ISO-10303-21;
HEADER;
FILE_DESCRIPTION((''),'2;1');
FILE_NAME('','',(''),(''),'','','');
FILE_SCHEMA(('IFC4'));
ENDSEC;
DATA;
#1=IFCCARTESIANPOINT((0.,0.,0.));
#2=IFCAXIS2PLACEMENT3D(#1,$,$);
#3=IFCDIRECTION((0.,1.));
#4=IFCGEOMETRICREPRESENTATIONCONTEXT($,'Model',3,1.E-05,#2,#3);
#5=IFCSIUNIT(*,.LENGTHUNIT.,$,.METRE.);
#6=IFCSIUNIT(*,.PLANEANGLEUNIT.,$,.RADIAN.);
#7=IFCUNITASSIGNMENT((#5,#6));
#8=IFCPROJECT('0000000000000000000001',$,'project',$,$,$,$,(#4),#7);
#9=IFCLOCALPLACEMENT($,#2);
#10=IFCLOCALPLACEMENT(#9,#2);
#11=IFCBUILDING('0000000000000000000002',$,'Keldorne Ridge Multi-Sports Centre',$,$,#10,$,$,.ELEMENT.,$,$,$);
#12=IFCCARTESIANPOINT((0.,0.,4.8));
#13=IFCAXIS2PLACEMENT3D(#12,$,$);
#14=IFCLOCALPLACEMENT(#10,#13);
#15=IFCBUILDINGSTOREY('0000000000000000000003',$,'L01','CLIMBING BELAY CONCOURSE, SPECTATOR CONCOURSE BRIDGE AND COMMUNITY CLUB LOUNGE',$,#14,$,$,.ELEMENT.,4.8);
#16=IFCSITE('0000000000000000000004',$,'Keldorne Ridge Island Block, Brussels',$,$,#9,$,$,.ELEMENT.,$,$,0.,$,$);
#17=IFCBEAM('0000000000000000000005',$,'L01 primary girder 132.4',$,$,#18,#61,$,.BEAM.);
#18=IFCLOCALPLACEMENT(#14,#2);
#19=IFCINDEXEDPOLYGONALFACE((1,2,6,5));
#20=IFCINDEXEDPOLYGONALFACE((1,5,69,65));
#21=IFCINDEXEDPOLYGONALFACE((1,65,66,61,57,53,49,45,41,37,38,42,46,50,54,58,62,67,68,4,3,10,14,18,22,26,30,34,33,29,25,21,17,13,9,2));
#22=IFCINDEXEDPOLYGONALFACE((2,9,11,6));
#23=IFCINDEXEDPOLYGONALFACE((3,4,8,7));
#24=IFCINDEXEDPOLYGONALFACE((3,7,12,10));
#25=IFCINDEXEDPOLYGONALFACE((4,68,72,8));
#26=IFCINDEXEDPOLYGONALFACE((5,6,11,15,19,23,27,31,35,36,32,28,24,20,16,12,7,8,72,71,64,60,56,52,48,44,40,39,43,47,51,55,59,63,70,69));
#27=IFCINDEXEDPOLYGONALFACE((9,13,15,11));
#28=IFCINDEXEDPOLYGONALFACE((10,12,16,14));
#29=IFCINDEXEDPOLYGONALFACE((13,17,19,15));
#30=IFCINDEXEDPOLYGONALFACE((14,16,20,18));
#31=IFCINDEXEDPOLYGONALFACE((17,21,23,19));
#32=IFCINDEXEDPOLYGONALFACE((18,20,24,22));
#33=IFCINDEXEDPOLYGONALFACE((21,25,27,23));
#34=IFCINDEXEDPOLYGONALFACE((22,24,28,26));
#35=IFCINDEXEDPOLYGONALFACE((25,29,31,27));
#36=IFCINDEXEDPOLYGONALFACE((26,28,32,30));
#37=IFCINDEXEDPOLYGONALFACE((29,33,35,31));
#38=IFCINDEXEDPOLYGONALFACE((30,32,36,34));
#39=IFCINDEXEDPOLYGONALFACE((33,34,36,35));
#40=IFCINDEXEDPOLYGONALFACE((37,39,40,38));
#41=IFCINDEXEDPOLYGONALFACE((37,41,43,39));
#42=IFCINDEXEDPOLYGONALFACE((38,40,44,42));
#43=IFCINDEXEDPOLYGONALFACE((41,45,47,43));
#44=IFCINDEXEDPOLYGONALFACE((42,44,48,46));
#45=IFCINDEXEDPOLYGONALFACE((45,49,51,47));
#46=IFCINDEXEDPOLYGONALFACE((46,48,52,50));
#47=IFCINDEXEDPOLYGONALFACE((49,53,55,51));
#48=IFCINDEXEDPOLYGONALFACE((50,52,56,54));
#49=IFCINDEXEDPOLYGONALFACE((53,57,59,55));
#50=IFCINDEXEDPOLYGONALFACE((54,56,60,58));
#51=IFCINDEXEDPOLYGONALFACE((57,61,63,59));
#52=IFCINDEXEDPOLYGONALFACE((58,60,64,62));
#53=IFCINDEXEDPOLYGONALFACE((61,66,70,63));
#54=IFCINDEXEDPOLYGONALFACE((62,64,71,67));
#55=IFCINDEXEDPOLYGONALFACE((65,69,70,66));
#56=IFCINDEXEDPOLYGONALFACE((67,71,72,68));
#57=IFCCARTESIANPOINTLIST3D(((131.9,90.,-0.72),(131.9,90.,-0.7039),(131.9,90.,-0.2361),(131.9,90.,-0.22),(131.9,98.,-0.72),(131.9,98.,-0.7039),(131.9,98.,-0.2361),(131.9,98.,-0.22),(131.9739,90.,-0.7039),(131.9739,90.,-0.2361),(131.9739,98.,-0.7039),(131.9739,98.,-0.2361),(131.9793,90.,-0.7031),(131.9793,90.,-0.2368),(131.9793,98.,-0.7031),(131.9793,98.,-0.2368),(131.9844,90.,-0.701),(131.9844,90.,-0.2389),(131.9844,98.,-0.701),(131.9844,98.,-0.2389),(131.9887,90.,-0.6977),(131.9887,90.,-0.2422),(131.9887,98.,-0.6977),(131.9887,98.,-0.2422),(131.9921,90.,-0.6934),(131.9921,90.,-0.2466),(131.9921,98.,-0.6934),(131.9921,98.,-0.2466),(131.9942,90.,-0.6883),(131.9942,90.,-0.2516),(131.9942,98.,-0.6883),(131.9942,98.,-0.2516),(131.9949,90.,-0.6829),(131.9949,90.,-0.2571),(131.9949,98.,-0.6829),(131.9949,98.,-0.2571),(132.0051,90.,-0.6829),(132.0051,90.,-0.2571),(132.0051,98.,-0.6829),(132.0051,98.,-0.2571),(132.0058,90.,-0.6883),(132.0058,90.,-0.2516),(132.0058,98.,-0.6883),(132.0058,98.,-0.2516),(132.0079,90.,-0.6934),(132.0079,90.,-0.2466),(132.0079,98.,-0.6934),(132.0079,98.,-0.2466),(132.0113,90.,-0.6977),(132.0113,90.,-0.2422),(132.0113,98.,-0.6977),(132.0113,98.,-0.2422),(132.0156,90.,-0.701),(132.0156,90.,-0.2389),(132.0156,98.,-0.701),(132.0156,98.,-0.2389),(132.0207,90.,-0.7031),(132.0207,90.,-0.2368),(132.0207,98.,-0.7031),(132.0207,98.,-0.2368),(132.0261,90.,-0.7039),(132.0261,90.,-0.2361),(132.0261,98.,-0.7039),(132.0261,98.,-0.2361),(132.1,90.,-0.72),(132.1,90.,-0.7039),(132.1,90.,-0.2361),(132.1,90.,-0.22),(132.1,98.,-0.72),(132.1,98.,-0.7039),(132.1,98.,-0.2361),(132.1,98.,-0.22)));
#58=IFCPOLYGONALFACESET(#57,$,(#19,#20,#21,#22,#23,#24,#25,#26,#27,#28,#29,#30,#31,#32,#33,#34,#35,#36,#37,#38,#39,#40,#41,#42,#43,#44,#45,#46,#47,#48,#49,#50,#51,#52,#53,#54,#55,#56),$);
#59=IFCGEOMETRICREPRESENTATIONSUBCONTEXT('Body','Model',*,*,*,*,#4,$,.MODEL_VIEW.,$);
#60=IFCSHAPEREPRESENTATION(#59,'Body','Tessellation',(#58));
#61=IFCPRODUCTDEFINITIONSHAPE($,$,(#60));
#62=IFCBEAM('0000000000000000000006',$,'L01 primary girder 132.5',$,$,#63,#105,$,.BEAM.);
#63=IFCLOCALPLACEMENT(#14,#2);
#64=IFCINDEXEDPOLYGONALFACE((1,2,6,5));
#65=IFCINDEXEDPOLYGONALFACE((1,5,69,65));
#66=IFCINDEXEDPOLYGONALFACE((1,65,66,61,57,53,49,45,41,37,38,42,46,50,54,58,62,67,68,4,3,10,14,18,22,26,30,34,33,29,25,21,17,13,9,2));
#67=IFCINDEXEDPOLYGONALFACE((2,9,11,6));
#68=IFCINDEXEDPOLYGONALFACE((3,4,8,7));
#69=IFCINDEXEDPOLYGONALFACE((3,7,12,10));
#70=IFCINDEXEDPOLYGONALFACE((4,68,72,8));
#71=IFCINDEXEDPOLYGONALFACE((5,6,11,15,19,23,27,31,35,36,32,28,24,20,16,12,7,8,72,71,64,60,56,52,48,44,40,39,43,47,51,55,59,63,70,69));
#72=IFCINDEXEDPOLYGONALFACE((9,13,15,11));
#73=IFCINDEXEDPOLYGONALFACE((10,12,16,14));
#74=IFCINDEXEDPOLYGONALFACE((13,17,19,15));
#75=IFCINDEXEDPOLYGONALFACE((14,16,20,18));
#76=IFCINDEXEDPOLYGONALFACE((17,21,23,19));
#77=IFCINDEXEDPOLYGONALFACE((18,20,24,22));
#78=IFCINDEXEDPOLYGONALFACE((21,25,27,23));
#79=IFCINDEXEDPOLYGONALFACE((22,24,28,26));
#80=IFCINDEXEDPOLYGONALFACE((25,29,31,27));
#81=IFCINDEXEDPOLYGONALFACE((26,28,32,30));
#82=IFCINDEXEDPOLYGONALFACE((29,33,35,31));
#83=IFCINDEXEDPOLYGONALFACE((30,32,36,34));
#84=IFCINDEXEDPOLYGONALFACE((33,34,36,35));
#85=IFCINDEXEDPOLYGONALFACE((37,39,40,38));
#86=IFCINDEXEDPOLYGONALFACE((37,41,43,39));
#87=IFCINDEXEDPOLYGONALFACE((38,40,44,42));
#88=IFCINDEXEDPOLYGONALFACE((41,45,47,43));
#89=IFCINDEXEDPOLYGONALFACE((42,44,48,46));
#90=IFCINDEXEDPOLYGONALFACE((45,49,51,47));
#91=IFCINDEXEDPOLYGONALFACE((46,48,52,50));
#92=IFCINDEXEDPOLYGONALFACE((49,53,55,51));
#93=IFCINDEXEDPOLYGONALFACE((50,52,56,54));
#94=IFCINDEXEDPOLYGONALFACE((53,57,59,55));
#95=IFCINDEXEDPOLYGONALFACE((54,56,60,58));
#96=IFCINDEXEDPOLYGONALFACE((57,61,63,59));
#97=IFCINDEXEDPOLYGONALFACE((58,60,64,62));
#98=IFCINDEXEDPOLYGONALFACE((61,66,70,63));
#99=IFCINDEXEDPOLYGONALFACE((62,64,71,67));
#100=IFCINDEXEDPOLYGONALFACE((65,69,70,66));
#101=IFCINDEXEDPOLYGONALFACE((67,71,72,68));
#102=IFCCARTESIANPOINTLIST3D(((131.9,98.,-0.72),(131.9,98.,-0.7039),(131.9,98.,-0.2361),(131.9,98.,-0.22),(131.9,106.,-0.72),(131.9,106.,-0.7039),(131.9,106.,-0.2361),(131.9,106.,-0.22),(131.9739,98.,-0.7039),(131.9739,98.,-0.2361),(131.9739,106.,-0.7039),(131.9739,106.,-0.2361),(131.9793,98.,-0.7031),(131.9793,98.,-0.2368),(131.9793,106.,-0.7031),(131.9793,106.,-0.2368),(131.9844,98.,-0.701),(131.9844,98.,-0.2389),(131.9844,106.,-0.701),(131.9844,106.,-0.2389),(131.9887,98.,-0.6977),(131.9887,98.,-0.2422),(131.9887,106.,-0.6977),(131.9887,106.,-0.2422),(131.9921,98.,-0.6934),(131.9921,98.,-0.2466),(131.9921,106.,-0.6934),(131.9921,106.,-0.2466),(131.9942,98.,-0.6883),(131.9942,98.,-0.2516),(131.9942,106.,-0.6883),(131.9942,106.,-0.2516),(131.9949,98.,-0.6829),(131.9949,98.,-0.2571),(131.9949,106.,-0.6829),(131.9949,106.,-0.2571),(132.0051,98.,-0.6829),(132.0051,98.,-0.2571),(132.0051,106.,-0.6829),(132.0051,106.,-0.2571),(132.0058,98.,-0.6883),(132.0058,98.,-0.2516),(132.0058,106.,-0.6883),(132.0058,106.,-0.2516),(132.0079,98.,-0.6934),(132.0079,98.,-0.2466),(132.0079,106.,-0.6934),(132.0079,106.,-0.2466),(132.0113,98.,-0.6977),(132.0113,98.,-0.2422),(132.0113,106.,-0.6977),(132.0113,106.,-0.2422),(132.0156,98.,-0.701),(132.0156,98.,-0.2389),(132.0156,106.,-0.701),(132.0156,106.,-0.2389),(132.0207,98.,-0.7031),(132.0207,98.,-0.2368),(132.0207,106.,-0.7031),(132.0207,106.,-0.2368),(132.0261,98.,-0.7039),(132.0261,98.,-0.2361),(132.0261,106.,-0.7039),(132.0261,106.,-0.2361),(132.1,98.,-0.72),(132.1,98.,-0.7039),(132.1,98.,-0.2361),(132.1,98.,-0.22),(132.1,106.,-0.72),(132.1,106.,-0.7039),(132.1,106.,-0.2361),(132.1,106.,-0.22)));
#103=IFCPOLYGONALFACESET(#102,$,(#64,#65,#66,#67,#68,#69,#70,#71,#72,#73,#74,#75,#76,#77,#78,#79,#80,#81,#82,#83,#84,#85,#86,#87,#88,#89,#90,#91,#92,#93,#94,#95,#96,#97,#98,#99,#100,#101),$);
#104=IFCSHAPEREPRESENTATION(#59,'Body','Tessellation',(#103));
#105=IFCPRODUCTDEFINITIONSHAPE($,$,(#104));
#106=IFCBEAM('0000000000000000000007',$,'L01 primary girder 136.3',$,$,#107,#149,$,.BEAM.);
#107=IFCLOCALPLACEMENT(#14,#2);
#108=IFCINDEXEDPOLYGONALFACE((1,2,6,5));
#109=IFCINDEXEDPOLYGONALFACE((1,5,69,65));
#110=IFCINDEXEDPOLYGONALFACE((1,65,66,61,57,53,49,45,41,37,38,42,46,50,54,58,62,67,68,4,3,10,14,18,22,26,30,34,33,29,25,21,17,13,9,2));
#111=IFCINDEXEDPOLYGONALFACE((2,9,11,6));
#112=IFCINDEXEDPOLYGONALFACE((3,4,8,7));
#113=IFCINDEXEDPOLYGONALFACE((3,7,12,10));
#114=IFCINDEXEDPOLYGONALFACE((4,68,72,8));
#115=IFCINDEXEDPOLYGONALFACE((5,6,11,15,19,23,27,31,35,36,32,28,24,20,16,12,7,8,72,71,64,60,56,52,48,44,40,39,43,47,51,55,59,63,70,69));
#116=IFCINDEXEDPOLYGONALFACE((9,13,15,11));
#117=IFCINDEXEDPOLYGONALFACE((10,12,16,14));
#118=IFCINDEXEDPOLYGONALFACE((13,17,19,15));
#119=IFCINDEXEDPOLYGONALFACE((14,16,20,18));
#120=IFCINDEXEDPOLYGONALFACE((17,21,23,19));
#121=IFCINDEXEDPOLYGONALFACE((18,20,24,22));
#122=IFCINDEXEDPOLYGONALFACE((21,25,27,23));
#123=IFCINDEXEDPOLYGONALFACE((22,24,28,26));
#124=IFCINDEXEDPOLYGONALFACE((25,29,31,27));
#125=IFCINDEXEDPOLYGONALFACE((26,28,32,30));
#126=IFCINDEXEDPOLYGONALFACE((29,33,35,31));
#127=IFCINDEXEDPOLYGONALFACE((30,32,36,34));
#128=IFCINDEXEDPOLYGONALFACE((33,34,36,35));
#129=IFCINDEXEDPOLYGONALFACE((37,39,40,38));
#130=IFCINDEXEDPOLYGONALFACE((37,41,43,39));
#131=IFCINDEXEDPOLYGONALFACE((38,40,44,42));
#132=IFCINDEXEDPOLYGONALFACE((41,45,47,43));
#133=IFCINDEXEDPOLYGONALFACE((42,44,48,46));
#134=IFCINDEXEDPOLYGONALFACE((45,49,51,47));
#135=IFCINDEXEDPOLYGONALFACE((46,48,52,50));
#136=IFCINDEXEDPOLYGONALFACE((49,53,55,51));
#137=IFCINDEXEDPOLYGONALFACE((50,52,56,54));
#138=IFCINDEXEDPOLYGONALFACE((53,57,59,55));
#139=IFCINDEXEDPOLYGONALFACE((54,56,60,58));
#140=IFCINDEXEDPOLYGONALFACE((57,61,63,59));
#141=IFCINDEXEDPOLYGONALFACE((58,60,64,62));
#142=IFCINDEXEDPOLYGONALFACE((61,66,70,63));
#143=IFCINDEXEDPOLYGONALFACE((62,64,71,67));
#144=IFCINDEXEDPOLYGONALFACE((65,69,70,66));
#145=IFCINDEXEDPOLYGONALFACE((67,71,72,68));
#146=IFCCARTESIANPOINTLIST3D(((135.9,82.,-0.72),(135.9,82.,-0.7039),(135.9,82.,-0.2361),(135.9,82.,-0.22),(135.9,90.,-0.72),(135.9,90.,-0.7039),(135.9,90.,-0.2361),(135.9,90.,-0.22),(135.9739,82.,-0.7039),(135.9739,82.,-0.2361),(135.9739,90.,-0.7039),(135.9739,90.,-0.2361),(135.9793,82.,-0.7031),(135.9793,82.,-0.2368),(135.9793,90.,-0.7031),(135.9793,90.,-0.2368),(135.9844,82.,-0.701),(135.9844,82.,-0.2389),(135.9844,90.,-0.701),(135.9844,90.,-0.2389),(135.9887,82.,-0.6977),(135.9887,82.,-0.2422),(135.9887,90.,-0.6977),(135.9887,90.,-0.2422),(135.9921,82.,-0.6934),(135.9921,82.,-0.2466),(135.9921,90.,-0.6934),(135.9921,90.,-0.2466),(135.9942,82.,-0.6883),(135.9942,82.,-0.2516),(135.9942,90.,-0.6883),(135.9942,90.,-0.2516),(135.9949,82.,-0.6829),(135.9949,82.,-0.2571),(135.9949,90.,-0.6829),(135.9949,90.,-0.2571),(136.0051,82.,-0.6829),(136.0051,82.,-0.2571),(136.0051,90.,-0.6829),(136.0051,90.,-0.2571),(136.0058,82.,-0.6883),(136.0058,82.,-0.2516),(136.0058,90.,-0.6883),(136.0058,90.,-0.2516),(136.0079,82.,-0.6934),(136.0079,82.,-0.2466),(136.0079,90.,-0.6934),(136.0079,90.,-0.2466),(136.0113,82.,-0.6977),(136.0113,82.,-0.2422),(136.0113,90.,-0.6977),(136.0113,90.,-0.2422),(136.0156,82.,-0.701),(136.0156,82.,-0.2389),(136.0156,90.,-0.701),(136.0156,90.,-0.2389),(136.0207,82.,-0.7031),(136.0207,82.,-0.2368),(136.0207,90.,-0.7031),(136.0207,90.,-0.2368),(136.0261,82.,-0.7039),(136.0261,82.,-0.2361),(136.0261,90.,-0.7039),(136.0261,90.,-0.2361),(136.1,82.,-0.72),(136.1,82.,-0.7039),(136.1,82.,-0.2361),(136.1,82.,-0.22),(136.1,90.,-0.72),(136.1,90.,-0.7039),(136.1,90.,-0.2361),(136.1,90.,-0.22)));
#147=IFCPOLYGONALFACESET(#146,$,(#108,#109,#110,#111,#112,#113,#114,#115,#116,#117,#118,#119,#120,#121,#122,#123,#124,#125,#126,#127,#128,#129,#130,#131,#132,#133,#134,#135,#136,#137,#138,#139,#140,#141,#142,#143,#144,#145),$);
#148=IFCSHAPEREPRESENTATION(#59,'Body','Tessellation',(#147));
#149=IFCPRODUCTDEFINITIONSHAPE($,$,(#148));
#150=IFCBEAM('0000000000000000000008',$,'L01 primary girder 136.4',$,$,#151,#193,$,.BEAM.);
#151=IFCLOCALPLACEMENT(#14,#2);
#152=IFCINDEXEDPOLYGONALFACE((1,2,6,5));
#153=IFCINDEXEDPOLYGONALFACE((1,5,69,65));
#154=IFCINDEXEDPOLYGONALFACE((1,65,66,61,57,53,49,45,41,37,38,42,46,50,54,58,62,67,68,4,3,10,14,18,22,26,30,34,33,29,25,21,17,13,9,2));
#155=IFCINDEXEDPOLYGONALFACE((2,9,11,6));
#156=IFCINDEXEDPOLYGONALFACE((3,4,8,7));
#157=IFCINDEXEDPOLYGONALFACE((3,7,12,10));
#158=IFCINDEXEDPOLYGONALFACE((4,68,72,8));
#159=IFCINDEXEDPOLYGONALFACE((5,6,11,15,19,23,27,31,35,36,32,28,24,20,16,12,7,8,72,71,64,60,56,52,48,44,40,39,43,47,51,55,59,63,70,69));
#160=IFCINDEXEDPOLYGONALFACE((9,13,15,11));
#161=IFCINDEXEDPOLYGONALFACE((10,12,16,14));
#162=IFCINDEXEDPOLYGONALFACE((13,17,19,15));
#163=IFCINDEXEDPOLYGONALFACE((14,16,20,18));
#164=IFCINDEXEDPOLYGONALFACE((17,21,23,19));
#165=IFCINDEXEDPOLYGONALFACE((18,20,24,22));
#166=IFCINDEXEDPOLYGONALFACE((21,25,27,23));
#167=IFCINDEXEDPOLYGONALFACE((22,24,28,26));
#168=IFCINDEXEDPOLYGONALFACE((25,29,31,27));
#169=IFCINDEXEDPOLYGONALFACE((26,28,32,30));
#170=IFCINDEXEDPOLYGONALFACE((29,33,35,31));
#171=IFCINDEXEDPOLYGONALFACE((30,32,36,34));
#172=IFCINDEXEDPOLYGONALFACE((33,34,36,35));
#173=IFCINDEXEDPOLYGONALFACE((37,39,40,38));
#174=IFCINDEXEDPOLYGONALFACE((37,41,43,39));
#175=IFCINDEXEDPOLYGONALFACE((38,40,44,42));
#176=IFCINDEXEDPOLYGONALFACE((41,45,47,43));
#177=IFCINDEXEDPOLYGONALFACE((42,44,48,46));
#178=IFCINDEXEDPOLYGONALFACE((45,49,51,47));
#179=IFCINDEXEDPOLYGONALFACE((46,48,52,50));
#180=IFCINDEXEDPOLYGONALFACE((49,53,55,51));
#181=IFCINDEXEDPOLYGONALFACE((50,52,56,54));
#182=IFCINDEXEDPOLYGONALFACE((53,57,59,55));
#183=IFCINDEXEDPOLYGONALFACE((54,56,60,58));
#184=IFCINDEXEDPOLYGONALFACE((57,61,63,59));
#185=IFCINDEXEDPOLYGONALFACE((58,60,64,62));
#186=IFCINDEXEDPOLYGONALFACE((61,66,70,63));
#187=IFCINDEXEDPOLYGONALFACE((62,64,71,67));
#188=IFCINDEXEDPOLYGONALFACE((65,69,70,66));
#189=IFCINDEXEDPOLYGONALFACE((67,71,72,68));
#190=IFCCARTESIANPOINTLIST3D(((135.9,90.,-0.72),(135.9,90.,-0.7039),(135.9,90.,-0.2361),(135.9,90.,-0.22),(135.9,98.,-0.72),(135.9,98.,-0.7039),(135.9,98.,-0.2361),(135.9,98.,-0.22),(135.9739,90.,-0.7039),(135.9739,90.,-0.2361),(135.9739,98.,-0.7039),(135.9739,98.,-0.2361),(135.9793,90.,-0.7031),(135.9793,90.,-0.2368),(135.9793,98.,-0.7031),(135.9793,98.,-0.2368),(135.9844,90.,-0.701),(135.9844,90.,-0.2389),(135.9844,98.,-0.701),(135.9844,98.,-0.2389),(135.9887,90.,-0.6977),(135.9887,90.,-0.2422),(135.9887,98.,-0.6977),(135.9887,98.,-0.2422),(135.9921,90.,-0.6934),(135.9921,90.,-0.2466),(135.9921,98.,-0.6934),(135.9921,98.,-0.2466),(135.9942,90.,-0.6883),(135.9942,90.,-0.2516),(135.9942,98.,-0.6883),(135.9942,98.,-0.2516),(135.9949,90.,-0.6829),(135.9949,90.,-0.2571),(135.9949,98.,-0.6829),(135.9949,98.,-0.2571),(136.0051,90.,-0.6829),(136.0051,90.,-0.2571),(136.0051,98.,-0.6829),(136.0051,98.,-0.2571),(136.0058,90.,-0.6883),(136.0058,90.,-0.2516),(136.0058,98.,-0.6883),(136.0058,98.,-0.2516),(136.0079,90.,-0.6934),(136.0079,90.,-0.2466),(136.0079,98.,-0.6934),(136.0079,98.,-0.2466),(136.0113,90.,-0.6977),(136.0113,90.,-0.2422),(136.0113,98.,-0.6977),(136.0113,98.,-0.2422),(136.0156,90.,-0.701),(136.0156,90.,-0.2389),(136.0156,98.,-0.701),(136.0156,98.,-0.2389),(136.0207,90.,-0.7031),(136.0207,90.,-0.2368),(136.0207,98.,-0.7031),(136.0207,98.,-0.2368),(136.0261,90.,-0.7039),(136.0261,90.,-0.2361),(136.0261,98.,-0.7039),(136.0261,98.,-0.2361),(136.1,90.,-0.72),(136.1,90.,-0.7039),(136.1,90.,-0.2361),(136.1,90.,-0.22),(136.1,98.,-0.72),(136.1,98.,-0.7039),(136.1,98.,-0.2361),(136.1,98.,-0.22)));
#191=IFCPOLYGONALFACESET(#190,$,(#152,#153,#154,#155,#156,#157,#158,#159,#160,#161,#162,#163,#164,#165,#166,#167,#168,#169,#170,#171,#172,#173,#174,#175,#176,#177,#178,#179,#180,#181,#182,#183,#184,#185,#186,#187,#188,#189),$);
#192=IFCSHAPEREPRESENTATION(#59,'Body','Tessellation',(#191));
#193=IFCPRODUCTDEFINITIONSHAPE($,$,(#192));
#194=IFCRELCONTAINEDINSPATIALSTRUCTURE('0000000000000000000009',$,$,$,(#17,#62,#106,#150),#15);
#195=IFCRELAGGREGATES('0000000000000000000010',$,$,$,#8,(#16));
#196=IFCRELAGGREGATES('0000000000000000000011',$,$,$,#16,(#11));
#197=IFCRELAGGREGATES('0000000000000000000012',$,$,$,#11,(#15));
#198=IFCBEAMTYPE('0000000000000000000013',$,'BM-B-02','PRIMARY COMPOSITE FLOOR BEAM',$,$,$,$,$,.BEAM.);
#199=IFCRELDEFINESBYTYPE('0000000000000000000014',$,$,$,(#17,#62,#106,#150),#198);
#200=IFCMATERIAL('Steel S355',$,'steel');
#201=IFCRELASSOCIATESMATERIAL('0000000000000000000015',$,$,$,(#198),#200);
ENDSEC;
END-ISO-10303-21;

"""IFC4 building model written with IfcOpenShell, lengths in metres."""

from ifc_helpers import new_model, si_unit, direction, frame, origin, origin_2d, place, context, subcontext, project, spatial, i_section, extrude, material, material_profile, profile_set, type_object, element, save


model = new_model("IFC4")

# Units and contexts
model_context = context("Model", 3, precision=1e-05, world=origin(), true_north=direction((0.0, 1.0)))
body_context = subcontext(model_context, "Body", "Model", "MODEL_VIEW")
ifc_project = project(units=[si_unit("LENGTHUNIT", "METRE"), si_unit("PLANEANGLEUNIT", "RADIAN")], contexts=[model_context])

# Site, building, storey
site_placement = place(None, origin())
site = spatial("IfcSite", under=ifc_project, at=site_placement, Name="Keldorne Ridge Island Block, Brussels", CompositionType="ELEMENT", RefElevation=0.0)
building_placement = place(site_placement, origin())
building = spatial("IfcBuilding", under=site, at=building_placement, Name="Keldorne Ridge Multi-Sports Centre", CompositionType="ELEMENT")
storey_placement = place(building_placement, frame((0.0, 0.0, 4.8)))
storey = spatial("IfcBuildingStorey", under=building, at=storey_placement, Name="L01", Description="CLIMBING BELAY CONCOURSE, SPECTATOR CONCOURSE BRIDGE AND COMMUNITY CLUB LOUNGE", CompositionType="ELEMENT", Elevation=4.8)

# Shared definitions
ifc_material = material(Name="Steel S355", Category="steel")

# Beams
ifc_material_profile_1 = material_profile(ifc_material, i_section(OverallWidth=0.2, OverallDepth=0.5, WebThickness=0.0103, FlangeThickness=0.0161, FilletRadius=0.021, at=origin_2d()), Name="IPE 500")
ifc_profile_set_1 = profile_set([ifc_material_profile_1], Name="Steel S355")
beam_type_1 = type_object("IfcBeamType", Name="BM-B-02", Description="PRIMARY COMPOSITE FLOOR BEAM", PredefinedType="BEAM", material=ifc_profile_set_1)
for number, where, z_axis, x_axis, name in (
    (1, (132.0, 90.0, -0.47), (0.0, 1.0, 0.0), (-1.0, 0.0, 0.0), "L01 primary girder 132.4"),
    (2, (132.0, 98.0, -0.47), (0.0, 1.0, 0.0), (-1.0, 0.0, 0.0), "L01 primary girder 132.5"),
    (3, (136.0, 82.0, -0.47), (0.0, 1.0, 0.0), (-1.0, 0.0, 0.0), "L01 primary girder 136.3"),
    (4, (136.0, 90.0, -0.47), (0.0, 1.0, 0.0), (-1.0, 0.0, 0.0), "L01 primary girder 136.4"),
):
    element("IfcBeam", number, at=place(storey_placement, frame(where, z_axis=z_axis, x_axis=x_axis)), inside=storey, type_object=beam_type_1, Name=name, PredefinedType="BEAM", context=body_context, shape_type="SweptSolid", body=[
        extrude(i_section(OverallWidth=0.2, OverallDepth=0.5, WebThickness=0.0103, FlangeThickness=0.0161, FilletRadius=0.021, at=origin_2d()), origin(), (0.0, 0.0, 1.0), 8.0),
    ])

save(model, "model.ifc")
